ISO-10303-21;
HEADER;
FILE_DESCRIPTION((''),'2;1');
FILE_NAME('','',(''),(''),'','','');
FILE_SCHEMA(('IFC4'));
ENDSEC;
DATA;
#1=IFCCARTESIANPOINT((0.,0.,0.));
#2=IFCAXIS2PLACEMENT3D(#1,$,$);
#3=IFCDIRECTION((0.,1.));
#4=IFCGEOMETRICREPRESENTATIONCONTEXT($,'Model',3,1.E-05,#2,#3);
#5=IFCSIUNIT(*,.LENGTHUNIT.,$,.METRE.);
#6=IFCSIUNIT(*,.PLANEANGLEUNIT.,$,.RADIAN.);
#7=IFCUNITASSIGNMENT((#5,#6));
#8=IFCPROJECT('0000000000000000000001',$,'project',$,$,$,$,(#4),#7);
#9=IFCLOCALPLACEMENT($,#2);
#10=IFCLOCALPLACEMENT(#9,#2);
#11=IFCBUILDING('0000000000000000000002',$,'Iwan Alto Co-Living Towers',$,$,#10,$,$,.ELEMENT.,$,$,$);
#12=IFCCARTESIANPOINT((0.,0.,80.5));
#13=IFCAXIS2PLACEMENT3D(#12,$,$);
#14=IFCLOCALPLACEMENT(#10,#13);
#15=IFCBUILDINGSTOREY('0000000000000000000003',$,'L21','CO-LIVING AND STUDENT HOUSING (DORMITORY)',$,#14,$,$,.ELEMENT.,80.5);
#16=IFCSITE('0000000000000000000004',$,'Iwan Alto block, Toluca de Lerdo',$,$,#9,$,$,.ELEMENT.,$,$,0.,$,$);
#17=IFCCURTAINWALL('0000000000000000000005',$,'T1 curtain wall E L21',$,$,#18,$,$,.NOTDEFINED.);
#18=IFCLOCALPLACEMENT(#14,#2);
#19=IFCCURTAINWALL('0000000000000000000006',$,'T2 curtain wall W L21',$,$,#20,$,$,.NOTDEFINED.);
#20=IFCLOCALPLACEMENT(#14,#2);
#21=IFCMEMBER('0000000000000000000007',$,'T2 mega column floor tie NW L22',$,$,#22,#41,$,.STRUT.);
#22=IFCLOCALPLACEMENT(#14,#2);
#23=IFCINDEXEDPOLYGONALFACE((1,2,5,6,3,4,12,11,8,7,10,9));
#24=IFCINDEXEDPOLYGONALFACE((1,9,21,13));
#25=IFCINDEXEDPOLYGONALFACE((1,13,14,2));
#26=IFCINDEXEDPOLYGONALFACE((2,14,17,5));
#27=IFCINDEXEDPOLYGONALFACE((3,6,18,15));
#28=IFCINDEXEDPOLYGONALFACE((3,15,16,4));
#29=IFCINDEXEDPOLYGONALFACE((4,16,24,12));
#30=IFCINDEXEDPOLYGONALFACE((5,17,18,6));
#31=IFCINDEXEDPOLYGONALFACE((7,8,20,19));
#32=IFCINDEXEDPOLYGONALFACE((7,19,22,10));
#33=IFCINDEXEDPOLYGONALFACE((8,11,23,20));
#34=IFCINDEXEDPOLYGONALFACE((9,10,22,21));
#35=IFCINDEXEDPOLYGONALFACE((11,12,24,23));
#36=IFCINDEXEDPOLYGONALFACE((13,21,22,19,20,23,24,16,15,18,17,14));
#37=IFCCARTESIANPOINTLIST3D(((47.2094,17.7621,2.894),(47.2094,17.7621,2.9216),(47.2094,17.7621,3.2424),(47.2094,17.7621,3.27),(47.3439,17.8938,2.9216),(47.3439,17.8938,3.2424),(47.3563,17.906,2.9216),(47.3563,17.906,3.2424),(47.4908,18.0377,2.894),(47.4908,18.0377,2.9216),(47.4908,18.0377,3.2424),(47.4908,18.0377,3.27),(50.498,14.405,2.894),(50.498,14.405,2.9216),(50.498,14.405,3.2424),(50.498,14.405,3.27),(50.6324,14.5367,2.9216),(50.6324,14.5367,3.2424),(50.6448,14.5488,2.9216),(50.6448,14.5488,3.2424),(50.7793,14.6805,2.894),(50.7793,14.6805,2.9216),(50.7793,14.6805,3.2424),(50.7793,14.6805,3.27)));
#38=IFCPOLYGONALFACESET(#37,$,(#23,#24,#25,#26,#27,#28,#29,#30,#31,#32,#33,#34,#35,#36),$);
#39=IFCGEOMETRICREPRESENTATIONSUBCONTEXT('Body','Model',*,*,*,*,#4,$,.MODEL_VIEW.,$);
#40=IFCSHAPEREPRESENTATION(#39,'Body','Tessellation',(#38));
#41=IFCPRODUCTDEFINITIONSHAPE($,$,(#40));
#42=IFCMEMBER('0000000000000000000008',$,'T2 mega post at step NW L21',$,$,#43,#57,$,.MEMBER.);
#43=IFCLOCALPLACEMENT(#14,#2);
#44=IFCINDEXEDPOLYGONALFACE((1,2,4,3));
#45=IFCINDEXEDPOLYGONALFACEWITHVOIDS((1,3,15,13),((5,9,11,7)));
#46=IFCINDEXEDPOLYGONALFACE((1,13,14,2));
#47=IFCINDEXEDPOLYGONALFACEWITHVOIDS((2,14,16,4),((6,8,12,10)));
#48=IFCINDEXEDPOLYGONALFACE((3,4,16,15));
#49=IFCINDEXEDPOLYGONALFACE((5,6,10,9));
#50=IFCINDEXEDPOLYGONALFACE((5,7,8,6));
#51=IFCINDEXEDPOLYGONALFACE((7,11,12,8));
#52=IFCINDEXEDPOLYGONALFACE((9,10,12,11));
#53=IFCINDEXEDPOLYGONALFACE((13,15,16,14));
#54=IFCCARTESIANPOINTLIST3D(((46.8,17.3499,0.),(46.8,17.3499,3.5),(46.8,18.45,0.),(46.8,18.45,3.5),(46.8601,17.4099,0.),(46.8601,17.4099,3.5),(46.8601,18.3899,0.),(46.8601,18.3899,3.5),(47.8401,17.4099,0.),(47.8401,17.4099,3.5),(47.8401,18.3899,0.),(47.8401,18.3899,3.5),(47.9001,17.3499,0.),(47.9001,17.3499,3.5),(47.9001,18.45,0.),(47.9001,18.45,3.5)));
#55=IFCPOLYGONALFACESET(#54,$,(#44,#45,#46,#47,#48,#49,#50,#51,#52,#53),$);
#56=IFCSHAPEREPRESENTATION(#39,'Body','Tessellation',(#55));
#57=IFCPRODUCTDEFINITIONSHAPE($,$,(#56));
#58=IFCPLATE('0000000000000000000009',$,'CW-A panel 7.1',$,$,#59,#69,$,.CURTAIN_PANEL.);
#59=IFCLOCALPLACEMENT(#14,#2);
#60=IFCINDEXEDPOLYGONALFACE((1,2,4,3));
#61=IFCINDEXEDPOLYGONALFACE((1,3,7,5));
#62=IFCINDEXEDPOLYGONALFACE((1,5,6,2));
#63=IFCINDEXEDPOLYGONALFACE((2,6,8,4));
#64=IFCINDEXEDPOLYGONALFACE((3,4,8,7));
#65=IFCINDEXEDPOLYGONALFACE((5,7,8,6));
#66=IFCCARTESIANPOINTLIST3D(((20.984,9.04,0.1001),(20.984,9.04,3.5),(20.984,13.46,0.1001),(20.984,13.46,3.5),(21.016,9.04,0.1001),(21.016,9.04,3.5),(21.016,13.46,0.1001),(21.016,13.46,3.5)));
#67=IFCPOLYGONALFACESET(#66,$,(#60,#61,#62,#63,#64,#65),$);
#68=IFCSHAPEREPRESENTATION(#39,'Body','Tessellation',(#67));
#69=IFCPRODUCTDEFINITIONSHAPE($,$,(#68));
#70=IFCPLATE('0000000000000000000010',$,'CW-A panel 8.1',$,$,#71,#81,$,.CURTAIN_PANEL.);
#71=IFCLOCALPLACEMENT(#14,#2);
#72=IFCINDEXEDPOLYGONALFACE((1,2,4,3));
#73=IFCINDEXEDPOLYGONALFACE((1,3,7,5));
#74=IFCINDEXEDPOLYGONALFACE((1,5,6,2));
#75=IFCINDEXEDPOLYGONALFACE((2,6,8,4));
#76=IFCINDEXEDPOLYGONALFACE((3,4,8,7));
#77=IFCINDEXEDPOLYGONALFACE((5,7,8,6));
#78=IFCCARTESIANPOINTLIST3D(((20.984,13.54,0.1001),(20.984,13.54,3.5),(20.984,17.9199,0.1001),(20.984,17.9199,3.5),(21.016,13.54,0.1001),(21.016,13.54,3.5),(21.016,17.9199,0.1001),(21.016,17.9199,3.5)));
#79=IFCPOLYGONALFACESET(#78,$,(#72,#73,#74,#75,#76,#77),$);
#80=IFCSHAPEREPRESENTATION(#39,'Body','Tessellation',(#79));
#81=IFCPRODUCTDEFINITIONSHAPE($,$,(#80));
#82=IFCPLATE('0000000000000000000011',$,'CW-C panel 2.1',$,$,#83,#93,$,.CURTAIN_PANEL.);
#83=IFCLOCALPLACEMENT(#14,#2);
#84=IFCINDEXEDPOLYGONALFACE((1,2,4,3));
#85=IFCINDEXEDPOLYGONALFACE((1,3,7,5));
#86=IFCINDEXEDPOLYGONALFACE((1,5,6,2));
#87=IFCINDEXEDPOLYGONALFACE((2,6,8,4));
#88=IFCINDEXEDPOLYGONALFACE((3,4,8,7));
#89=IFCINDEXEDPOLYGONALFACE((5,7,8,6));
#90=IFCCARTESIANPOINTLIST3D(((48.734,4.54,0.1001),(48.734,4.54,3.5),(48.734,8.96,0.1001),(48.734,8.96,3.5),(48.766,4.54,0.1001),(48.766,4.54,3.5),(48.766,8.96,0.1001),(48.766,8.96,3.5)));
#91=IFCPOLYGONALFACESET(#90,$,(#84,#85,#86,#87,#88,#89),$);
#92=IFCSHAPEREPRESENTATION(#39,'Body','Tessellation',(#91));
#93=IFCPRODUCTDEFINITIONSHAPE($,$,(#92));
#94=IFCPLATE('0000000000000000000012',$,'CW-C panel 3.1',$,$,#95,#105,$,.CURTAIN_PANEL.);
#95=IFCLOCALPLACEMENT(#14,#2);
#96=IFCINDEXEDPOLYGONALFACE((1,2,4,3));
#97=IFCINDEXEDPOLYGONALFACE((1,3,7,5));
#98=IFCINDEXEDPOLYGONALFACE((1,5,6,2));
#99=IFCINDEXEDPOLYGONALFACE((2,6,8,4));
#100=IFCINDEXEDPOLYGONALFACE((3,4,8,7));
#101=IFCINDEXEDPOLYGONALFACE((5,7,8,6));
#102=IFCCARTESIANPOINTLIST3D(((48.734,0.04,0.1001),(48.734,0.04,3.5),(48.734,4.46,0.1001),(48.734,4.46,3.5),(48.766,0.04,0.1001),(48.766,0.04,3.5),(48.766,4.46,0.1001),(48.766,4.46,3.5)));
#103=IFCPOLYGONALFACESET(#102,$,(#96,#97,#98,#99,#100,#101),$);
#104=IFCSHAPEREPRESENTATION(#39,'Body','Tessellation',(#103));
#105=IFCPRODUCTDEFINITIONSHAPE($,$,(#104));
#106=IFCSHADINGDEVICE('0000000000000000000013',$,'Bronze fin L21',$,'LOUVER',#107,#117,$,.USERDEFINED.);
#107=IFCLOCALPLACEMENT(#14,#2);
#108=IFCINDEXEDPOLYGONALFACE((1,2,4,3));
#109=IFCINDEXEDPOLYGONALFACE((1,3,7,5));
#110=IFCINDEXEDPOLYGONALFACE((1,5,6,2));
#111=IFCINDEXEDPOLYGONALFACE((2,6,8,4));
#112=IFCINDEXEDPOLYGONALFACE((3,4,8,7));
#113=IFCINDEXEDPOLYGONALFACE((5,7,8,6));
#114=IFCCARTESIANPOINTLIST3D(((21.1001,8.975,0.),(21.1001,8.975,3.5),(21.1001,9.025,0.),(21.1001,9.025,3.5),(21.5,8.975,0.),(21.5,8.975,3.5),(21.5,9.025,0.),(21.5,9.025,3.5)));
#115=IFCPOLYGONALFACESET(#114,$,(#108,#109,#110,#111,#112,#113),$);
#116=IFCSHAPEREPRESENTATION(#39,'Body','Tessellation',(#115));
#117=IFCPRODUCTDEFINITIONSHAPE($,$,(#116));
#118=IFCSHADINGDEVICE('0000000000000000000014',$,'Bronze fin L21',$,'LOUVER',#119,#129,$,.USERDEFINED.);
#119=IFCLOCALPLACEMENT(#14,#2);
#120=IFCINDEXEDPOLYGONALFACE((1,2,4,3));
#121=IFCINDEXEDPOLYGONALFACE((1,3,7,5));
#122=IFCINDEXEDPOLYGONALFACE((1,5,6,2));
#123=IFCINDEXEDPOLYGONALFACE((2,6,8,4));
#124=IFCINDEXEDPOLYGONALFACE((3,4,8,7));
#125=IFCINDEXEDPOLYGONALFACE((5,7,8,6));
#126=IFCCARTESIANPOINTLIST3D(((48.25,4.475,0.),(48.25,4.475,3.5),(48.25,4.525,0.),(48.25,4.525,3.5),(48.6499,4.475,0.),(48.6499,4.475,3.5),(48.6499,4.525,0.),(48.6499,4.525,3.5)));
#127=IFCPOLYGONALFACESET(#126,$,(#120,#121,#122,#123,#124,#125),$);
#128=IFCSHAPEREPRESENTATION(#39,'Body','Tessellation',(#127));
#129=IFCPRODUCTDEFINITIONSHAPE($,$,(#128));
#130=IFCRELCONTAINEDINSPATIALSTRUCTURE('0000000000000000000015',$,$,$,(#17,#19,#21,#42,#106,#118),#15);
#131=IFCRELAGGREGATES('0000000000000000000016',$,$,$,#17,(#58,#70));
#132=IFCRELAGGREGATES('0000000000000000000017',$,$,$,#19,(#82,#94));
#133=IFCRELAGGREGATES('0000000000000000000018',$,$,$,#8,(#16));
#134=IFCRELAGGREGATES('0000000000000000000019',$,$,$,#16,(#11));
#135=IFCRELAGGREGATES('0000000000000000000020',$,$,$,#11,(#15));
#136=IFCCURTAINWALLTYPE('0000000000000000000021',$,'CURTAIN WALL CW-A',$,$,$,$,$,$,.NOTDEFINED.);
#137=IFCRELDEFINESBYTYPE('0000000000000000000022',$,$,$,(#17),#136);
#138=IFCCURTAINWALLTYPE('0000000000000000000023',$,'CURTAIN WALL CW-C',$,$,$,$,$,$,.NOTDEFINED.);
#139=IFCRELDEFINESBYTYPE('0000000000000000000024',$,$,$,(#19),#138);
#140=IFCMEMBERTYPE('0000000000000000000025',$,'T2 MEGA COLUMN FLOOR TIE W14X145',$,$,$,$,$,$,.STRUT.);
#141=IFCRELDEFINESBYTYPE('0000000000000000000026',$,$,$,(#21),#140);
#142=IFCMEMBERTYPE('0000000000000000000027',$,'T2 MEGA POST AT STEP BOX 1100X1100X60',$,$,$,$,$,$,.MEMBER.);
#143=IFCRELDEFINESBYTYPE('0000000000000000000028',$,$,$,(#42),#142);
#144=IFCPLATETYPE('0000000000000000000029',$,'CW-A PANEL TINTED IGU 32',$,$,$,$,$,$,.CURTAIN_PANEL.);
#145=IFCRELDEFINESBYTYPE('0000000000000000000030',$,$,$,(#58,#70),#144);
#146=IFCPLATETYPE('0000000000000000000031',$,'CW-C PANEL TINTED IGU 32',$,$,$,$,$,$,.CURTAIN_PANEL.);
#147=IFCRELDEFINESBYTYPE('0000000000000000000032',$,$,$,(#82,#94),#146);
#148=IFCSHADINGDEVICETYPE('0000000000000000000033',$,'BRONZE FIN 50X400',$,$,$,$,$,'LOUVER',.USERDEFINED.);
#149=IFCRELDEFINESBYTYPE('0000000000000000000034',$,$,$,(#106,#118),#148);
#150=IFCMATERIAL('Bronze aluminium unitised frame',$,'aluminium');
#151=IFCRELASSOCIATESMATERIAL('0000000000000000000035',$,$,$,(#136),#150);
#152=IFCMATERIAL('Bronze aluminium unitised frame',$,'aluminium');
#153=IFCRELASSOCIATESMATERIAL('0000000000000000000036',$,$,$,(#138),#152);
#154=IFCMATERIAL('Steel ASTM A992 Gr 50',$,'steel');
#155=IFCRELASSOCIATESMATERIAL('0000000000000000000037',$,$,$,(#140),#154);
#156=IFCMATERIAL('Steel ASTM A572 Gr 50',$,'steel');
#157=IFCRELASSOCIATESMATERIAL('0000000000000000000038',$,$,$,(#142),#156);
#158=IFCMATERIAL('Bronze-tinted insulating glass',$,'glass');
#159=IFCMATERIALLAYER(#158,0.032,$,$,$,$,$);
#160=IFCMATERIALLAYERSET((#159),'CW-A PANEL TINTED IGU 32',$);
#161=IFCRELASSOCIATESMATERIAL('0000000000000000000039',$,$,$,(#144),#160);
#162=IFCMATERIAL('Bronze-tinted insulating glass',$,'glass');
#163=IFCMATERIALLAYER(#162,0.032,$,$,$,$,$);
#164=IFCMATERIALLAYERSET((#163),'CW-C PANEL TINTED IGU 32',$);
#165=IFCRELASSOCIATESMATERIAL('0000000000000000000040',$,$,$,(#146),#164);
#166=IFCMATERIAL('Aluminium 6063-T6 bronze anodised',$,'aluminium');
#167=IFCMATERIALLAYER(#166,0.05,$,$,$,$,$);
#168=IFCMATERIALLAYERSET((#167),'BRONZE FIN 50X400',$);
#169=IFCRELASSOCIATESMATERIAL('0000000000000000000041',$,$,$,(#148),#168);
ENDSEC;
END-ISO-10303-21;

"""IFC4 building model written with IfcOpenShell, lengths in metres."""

from ifc_helpers import new_model, si_unit, direction, frame, origin, origin_2d, place, context, subcontext, project, spatial, rectangle, hollow_rectangle, i_section, extrude, material, layer, layer_set, material_profile, profile_set, type_object, element, aggregate, save


model = new_model("IFC4")

# Units and contexts
model_context = context("Model", 3, precision=1e-05, world=origin(), true_north=direction((0.0, 1.0)))
body_context = subcontext(model_context, "Body", "Model", "MODEL_VIEW")
ifc_project = project(units=[si_unit("LENGTHUNIT", "METRE"), si_unit("PLANEANGLEUNIT", "RADIAN")], contexts=[model_context])

# Site, building, storey
site_placement = place(None, origin())
site = spatial("IfcSite", under=ifc_project, at=site_placement, Name="Iwan Alto block, Toluca de Lerdo", CompositionType="ELEMENT", RefElevation=0.0)
building_placement = place(site_placement, origin())
building = spatial("IfcBuilding", under=site, at=building_placement, Name="Iwan Alto Co-Living Towers", CompositionType="ELEMENT")
storey_placement = place(building_placement, frame((0.0, 0.0, 80.5)))
storey = spatial("IfcBuildingStorey", under=building, at=storey_placement, Name="L21", Description="CO-LIVING AND STUDENT HOUSING (DORMITORY)", CompositionType="ELEMENT", Elevation=80.5)

# Curtain walls
ifc_material_1 = material(Name="Bronze aluminium unitised frame", Category="aluminium")
curtain_wall_type_1 = type_object("IfcCurtainWallType", Name="CURTAIN WALL CW-A", PredefinedType="NOTDEFINED", material=ifc_material_1)
curtain_wall_1_placement = place(storey_placement, origin())
curtain_wall_1 = element("IfcCurtainWall", 1, at=curtain_wall_1_placement, inside=storey, type_object=curtain_wall_type_1, Name="T1 curtain wall E L21", PredefinedType="NOTDEFINED")
ifc_material_2 = material(Name="Bronze aluminium unitised frame", Category="aluminium")
curtain_wall_type_2 = type_object("IfcCurtainWallType", Name="CURTAIN WALL CW-C", PredefinedType="NOTDEFINED", material=ifc_material_2)
curtain_wall_2_placement = place(storey_placement, origin())
curtain_wall_2 = element("IfcCurtainWall", 2, at=curtain_wall_2_placement, inside=storey, type_object=curtain_wall_type_2, Name="T2 curtain wall W L21", PredefinedType="NOTDEFINED")

# Members
ifc_material_3 = material(Name="Steel ASTM A992 Gr 50", Category="steel")
ifc_material_profile_1 = material_profile(ifc_material_3, i_section(OverallWidth=0.3938, OverallDepth=0.376, WebThickness=0.0173, FlangeThickness=0.0276, at=origin_2d()), Name="W14X145")
ifc_profile_set_1 = profile_set([ifc_material_profile_1], Name="Steel ASTM A992 Gr 50")
member_type_1 = type_object("IfcMemberType", Name="T2 MEGA COLUMN FLOOR TIE W14X145", PredefinedType="STRUT", material=ifc_profile_set_1)
member_1_placement = place(storey_placement, frame((47.3501, 17.8999, 3.082), z_axis=(0.69977, -0.714368, 0.0), x_axis=(0.714368, 0.69977, 0.0)))
element("IfcMember", 3, at=member_1_placement, inside=storey, type_object=member_type_1, Name="T2 mega column floor tie NW L22", PredefinedType="STRUT", context=body_context, shape_type="SweptSolid", body=[
    extrude(i_section(OverallWidth=0.3938, OverallDepth=0.376, WebThickness=0.0173, FlangeThickness=0.0276, at=origin_2d()), origin(), (0.0, 0.0, 1.0), 4.6995),
])
ifc_material_4 = material(Name="Steel ASTM A572 Gr 50", Category="steel")
ifc_material_profile_2 = material_profile(ifc_material_4, hollow_rectangle(XDim=1.1001, YDim=1.1001, WallThickness=0.0601, at=origin_2d()), Name="BOX 1100X1100X60")
ifc_profile_set_2 = profile_set([ifc_material_profile_2], Name="Steel ASTM A572 Gr 50")
member_type_2 = type_object("IfcMemberType", Name="T2 MEGA POST AT STEP BOX 1100X1100X60", PredefinedType="MEMBER", material=ifc_profile_set_2)
member_2_placement = place(storey_placement, frame((47.3501, 17.8999, 0.0), z_axis=(0.0, 0.0, 1.0), x_axis=(1.0, 0.0, 0.0)))
element("IfcMember", 4, at=member_2_placement, inside=storey, type_object=member_type_2, Name="T2 mega post at step NW L21", PredefinedType="MEMBER", context=body_context, shape_type="SweptSolid", body=[
    extrude(hollow_rectangle(XDim=1.1001, YDim=1.1001, WallThickness=0.0601, at=origin_2d()), origin(), (0.0, 0.0, 1.0), 3.5),
])

# Plates
ifc_material_5 = material(Name="Bronze-tinted insulating glass", Category="glass")
ifc_layer_1 = layer(ifc_material_5, 0.032)
ifc_layer_set_1 = layer_set([ifc_layer_1], Name="CW-A PANEL TINTED IGU 32")
plate_type_1 = type_object("IfcPlateType", Name="CW-A PANEL TINTED IGU 32", PredefinedType="CURTAIN_PANEL", material=ifc_layer_set_1)
plate_1_placement = place(storey_placement, frame((21.0, 11.25, 0.1001), z_axis=(0.0, 0.0, 1.0), x_axis=(0.0, 1.0, 0.0)))
plate_1 = element("IfcPlate", 5, at=plate_1_placement, type_object=plate_type_1, Name="CW-A panel 7.1", PredefinedType="CURTAIN_PANEL", context=body_context, shape_type="SweptSolid", body=[
    extrude(rectangle(XDim=4.4199, YDim=0.032, at=origin_2d()), origin(), (0.0, 0.0, 1.0), 3.3999),
])
plate_2_placement = place(storey_placement, frame((21.0, 15.73, 0.1001), z_axis=(0.0, 0.0, 1.0), x_axis=(0.0, 1.0, 0.0)))
plate_2 = element("IfcPlate", 6, at=plate_2_placement, type_object=plate_type_1, Name="CW-A panel 8.1", PredefinedType="CURTAIN_PANEL", context=body_context, shape_type="SweptSolid", body=[
    extrude(rectangle(XDim=4.3799, YDim=0.032, at=origin_2d()), origin(), (0.0, 0.0, 1.0), 3.3999),
])
aggregate(curtain_wall_1, [plate_1, plate_2])
ifc_material_6 = material(Name="Bronze-tinted insulating glass", Category="glass")
ifc_layer_2 = layer(ifc_material_6, 0.032)
ifc_layer_set_2 = layer_set([ifc_layer_2], Name="CW-C PANEL TINTED IGU 32")
plate_type_2 = type_object("IfcPlateType", Name="CW-C PANEL TINTED IGU 32", PredefinedType="CURTAIN_PANEL", material=ifc_layer_set_2)
plate_3_placement = place(storey_placement, frame((48.75, 6.75, 0.1001), z_axis=(0.0, 0.0, 1.0), x_axis=(0.0, -1.0, 0.0)))
plate_3 = element("IfcPlate", 7, at=plate_3_placement, type_object=plate_type_2, Name="CW-C panel 2.1", PredefinedType="CURTAIN_PANEL", context=body_context, shape_type="SweptSolid", body=[
    extrude(rectangle(XDim=4.4199, YDim=0.032, at=origin_2d()), origin(), (0.0, 0.0, 1.0), 3.3999),
])
plate_4_placement = place(storey_placement, frame((48.75, 2.25, 0.1001), z_axis=(0.0, 0.0, 1.0), x_axis=(0.0, -1.0, 0.0)))
plate_4 = element("IfcPlate", 8, at=plate_4_placement, type_object=plate_type_2, Name="CW-C panel 3.1", PredefinedType="CURTAIN_PANEL", context=body_context, shape_type="SweptSolid", body=[
    extrude(rectangle(XDim=4.4199, YDim=0.032, at=origin_2d()), origin(), (0.0, 0.0, 1.0), 3.3999),
])
aggregate(curtain_wall_2, [plate_3, plate_4])

# Shading devices
ifc_material_7 = material(Name="Aluminium 6063-T6 bronze anodised", Category="aluminium")
ifc_layer_3 = layer(ifc_material_7, 0.05)
ifc_layer_set_3 = layer_set([ifc_layer_3], Name="BRONZE FIN 50X400")
shading_device_type = type_object("IfcShadingDeviceType", Name="BRONZE FIN 50X400", ElementType="LOUVER", PredefinedType="USERDEFINED", material=ifc_layer_set_3)
for number, where, z_axis, x_axis, name in (
    (9, (21.3, 9.0, 0.0), (0.0, 0.0, 1.0), (0.0, 1.0, 0.0), "Bronze fin L21"),
    (10, (48.45, 4.5, 0.0), (0.0, 0.0, 1.0), (0.0, -1.0, 0.0), "Bronze fin L21"),
):
    element("IfcShadingDevice", number, at=place(storey_placement, frame(where, z_axis=z_axis, x_axis=x_axis)), inside=storey, type_object=shading_device_type, Name=name, ObjectType="LOUVER", PredefinedType="USERDEFINED", context=body_context, shape_type="SweptSolid", body=[
        extrude(rectangle(XDim=0.05, YDim=0.3999, at=origin_2d()), origin(), (0.0, 0.0, 1.0), 3.5),
    ])

save(model, "model.ifc")
